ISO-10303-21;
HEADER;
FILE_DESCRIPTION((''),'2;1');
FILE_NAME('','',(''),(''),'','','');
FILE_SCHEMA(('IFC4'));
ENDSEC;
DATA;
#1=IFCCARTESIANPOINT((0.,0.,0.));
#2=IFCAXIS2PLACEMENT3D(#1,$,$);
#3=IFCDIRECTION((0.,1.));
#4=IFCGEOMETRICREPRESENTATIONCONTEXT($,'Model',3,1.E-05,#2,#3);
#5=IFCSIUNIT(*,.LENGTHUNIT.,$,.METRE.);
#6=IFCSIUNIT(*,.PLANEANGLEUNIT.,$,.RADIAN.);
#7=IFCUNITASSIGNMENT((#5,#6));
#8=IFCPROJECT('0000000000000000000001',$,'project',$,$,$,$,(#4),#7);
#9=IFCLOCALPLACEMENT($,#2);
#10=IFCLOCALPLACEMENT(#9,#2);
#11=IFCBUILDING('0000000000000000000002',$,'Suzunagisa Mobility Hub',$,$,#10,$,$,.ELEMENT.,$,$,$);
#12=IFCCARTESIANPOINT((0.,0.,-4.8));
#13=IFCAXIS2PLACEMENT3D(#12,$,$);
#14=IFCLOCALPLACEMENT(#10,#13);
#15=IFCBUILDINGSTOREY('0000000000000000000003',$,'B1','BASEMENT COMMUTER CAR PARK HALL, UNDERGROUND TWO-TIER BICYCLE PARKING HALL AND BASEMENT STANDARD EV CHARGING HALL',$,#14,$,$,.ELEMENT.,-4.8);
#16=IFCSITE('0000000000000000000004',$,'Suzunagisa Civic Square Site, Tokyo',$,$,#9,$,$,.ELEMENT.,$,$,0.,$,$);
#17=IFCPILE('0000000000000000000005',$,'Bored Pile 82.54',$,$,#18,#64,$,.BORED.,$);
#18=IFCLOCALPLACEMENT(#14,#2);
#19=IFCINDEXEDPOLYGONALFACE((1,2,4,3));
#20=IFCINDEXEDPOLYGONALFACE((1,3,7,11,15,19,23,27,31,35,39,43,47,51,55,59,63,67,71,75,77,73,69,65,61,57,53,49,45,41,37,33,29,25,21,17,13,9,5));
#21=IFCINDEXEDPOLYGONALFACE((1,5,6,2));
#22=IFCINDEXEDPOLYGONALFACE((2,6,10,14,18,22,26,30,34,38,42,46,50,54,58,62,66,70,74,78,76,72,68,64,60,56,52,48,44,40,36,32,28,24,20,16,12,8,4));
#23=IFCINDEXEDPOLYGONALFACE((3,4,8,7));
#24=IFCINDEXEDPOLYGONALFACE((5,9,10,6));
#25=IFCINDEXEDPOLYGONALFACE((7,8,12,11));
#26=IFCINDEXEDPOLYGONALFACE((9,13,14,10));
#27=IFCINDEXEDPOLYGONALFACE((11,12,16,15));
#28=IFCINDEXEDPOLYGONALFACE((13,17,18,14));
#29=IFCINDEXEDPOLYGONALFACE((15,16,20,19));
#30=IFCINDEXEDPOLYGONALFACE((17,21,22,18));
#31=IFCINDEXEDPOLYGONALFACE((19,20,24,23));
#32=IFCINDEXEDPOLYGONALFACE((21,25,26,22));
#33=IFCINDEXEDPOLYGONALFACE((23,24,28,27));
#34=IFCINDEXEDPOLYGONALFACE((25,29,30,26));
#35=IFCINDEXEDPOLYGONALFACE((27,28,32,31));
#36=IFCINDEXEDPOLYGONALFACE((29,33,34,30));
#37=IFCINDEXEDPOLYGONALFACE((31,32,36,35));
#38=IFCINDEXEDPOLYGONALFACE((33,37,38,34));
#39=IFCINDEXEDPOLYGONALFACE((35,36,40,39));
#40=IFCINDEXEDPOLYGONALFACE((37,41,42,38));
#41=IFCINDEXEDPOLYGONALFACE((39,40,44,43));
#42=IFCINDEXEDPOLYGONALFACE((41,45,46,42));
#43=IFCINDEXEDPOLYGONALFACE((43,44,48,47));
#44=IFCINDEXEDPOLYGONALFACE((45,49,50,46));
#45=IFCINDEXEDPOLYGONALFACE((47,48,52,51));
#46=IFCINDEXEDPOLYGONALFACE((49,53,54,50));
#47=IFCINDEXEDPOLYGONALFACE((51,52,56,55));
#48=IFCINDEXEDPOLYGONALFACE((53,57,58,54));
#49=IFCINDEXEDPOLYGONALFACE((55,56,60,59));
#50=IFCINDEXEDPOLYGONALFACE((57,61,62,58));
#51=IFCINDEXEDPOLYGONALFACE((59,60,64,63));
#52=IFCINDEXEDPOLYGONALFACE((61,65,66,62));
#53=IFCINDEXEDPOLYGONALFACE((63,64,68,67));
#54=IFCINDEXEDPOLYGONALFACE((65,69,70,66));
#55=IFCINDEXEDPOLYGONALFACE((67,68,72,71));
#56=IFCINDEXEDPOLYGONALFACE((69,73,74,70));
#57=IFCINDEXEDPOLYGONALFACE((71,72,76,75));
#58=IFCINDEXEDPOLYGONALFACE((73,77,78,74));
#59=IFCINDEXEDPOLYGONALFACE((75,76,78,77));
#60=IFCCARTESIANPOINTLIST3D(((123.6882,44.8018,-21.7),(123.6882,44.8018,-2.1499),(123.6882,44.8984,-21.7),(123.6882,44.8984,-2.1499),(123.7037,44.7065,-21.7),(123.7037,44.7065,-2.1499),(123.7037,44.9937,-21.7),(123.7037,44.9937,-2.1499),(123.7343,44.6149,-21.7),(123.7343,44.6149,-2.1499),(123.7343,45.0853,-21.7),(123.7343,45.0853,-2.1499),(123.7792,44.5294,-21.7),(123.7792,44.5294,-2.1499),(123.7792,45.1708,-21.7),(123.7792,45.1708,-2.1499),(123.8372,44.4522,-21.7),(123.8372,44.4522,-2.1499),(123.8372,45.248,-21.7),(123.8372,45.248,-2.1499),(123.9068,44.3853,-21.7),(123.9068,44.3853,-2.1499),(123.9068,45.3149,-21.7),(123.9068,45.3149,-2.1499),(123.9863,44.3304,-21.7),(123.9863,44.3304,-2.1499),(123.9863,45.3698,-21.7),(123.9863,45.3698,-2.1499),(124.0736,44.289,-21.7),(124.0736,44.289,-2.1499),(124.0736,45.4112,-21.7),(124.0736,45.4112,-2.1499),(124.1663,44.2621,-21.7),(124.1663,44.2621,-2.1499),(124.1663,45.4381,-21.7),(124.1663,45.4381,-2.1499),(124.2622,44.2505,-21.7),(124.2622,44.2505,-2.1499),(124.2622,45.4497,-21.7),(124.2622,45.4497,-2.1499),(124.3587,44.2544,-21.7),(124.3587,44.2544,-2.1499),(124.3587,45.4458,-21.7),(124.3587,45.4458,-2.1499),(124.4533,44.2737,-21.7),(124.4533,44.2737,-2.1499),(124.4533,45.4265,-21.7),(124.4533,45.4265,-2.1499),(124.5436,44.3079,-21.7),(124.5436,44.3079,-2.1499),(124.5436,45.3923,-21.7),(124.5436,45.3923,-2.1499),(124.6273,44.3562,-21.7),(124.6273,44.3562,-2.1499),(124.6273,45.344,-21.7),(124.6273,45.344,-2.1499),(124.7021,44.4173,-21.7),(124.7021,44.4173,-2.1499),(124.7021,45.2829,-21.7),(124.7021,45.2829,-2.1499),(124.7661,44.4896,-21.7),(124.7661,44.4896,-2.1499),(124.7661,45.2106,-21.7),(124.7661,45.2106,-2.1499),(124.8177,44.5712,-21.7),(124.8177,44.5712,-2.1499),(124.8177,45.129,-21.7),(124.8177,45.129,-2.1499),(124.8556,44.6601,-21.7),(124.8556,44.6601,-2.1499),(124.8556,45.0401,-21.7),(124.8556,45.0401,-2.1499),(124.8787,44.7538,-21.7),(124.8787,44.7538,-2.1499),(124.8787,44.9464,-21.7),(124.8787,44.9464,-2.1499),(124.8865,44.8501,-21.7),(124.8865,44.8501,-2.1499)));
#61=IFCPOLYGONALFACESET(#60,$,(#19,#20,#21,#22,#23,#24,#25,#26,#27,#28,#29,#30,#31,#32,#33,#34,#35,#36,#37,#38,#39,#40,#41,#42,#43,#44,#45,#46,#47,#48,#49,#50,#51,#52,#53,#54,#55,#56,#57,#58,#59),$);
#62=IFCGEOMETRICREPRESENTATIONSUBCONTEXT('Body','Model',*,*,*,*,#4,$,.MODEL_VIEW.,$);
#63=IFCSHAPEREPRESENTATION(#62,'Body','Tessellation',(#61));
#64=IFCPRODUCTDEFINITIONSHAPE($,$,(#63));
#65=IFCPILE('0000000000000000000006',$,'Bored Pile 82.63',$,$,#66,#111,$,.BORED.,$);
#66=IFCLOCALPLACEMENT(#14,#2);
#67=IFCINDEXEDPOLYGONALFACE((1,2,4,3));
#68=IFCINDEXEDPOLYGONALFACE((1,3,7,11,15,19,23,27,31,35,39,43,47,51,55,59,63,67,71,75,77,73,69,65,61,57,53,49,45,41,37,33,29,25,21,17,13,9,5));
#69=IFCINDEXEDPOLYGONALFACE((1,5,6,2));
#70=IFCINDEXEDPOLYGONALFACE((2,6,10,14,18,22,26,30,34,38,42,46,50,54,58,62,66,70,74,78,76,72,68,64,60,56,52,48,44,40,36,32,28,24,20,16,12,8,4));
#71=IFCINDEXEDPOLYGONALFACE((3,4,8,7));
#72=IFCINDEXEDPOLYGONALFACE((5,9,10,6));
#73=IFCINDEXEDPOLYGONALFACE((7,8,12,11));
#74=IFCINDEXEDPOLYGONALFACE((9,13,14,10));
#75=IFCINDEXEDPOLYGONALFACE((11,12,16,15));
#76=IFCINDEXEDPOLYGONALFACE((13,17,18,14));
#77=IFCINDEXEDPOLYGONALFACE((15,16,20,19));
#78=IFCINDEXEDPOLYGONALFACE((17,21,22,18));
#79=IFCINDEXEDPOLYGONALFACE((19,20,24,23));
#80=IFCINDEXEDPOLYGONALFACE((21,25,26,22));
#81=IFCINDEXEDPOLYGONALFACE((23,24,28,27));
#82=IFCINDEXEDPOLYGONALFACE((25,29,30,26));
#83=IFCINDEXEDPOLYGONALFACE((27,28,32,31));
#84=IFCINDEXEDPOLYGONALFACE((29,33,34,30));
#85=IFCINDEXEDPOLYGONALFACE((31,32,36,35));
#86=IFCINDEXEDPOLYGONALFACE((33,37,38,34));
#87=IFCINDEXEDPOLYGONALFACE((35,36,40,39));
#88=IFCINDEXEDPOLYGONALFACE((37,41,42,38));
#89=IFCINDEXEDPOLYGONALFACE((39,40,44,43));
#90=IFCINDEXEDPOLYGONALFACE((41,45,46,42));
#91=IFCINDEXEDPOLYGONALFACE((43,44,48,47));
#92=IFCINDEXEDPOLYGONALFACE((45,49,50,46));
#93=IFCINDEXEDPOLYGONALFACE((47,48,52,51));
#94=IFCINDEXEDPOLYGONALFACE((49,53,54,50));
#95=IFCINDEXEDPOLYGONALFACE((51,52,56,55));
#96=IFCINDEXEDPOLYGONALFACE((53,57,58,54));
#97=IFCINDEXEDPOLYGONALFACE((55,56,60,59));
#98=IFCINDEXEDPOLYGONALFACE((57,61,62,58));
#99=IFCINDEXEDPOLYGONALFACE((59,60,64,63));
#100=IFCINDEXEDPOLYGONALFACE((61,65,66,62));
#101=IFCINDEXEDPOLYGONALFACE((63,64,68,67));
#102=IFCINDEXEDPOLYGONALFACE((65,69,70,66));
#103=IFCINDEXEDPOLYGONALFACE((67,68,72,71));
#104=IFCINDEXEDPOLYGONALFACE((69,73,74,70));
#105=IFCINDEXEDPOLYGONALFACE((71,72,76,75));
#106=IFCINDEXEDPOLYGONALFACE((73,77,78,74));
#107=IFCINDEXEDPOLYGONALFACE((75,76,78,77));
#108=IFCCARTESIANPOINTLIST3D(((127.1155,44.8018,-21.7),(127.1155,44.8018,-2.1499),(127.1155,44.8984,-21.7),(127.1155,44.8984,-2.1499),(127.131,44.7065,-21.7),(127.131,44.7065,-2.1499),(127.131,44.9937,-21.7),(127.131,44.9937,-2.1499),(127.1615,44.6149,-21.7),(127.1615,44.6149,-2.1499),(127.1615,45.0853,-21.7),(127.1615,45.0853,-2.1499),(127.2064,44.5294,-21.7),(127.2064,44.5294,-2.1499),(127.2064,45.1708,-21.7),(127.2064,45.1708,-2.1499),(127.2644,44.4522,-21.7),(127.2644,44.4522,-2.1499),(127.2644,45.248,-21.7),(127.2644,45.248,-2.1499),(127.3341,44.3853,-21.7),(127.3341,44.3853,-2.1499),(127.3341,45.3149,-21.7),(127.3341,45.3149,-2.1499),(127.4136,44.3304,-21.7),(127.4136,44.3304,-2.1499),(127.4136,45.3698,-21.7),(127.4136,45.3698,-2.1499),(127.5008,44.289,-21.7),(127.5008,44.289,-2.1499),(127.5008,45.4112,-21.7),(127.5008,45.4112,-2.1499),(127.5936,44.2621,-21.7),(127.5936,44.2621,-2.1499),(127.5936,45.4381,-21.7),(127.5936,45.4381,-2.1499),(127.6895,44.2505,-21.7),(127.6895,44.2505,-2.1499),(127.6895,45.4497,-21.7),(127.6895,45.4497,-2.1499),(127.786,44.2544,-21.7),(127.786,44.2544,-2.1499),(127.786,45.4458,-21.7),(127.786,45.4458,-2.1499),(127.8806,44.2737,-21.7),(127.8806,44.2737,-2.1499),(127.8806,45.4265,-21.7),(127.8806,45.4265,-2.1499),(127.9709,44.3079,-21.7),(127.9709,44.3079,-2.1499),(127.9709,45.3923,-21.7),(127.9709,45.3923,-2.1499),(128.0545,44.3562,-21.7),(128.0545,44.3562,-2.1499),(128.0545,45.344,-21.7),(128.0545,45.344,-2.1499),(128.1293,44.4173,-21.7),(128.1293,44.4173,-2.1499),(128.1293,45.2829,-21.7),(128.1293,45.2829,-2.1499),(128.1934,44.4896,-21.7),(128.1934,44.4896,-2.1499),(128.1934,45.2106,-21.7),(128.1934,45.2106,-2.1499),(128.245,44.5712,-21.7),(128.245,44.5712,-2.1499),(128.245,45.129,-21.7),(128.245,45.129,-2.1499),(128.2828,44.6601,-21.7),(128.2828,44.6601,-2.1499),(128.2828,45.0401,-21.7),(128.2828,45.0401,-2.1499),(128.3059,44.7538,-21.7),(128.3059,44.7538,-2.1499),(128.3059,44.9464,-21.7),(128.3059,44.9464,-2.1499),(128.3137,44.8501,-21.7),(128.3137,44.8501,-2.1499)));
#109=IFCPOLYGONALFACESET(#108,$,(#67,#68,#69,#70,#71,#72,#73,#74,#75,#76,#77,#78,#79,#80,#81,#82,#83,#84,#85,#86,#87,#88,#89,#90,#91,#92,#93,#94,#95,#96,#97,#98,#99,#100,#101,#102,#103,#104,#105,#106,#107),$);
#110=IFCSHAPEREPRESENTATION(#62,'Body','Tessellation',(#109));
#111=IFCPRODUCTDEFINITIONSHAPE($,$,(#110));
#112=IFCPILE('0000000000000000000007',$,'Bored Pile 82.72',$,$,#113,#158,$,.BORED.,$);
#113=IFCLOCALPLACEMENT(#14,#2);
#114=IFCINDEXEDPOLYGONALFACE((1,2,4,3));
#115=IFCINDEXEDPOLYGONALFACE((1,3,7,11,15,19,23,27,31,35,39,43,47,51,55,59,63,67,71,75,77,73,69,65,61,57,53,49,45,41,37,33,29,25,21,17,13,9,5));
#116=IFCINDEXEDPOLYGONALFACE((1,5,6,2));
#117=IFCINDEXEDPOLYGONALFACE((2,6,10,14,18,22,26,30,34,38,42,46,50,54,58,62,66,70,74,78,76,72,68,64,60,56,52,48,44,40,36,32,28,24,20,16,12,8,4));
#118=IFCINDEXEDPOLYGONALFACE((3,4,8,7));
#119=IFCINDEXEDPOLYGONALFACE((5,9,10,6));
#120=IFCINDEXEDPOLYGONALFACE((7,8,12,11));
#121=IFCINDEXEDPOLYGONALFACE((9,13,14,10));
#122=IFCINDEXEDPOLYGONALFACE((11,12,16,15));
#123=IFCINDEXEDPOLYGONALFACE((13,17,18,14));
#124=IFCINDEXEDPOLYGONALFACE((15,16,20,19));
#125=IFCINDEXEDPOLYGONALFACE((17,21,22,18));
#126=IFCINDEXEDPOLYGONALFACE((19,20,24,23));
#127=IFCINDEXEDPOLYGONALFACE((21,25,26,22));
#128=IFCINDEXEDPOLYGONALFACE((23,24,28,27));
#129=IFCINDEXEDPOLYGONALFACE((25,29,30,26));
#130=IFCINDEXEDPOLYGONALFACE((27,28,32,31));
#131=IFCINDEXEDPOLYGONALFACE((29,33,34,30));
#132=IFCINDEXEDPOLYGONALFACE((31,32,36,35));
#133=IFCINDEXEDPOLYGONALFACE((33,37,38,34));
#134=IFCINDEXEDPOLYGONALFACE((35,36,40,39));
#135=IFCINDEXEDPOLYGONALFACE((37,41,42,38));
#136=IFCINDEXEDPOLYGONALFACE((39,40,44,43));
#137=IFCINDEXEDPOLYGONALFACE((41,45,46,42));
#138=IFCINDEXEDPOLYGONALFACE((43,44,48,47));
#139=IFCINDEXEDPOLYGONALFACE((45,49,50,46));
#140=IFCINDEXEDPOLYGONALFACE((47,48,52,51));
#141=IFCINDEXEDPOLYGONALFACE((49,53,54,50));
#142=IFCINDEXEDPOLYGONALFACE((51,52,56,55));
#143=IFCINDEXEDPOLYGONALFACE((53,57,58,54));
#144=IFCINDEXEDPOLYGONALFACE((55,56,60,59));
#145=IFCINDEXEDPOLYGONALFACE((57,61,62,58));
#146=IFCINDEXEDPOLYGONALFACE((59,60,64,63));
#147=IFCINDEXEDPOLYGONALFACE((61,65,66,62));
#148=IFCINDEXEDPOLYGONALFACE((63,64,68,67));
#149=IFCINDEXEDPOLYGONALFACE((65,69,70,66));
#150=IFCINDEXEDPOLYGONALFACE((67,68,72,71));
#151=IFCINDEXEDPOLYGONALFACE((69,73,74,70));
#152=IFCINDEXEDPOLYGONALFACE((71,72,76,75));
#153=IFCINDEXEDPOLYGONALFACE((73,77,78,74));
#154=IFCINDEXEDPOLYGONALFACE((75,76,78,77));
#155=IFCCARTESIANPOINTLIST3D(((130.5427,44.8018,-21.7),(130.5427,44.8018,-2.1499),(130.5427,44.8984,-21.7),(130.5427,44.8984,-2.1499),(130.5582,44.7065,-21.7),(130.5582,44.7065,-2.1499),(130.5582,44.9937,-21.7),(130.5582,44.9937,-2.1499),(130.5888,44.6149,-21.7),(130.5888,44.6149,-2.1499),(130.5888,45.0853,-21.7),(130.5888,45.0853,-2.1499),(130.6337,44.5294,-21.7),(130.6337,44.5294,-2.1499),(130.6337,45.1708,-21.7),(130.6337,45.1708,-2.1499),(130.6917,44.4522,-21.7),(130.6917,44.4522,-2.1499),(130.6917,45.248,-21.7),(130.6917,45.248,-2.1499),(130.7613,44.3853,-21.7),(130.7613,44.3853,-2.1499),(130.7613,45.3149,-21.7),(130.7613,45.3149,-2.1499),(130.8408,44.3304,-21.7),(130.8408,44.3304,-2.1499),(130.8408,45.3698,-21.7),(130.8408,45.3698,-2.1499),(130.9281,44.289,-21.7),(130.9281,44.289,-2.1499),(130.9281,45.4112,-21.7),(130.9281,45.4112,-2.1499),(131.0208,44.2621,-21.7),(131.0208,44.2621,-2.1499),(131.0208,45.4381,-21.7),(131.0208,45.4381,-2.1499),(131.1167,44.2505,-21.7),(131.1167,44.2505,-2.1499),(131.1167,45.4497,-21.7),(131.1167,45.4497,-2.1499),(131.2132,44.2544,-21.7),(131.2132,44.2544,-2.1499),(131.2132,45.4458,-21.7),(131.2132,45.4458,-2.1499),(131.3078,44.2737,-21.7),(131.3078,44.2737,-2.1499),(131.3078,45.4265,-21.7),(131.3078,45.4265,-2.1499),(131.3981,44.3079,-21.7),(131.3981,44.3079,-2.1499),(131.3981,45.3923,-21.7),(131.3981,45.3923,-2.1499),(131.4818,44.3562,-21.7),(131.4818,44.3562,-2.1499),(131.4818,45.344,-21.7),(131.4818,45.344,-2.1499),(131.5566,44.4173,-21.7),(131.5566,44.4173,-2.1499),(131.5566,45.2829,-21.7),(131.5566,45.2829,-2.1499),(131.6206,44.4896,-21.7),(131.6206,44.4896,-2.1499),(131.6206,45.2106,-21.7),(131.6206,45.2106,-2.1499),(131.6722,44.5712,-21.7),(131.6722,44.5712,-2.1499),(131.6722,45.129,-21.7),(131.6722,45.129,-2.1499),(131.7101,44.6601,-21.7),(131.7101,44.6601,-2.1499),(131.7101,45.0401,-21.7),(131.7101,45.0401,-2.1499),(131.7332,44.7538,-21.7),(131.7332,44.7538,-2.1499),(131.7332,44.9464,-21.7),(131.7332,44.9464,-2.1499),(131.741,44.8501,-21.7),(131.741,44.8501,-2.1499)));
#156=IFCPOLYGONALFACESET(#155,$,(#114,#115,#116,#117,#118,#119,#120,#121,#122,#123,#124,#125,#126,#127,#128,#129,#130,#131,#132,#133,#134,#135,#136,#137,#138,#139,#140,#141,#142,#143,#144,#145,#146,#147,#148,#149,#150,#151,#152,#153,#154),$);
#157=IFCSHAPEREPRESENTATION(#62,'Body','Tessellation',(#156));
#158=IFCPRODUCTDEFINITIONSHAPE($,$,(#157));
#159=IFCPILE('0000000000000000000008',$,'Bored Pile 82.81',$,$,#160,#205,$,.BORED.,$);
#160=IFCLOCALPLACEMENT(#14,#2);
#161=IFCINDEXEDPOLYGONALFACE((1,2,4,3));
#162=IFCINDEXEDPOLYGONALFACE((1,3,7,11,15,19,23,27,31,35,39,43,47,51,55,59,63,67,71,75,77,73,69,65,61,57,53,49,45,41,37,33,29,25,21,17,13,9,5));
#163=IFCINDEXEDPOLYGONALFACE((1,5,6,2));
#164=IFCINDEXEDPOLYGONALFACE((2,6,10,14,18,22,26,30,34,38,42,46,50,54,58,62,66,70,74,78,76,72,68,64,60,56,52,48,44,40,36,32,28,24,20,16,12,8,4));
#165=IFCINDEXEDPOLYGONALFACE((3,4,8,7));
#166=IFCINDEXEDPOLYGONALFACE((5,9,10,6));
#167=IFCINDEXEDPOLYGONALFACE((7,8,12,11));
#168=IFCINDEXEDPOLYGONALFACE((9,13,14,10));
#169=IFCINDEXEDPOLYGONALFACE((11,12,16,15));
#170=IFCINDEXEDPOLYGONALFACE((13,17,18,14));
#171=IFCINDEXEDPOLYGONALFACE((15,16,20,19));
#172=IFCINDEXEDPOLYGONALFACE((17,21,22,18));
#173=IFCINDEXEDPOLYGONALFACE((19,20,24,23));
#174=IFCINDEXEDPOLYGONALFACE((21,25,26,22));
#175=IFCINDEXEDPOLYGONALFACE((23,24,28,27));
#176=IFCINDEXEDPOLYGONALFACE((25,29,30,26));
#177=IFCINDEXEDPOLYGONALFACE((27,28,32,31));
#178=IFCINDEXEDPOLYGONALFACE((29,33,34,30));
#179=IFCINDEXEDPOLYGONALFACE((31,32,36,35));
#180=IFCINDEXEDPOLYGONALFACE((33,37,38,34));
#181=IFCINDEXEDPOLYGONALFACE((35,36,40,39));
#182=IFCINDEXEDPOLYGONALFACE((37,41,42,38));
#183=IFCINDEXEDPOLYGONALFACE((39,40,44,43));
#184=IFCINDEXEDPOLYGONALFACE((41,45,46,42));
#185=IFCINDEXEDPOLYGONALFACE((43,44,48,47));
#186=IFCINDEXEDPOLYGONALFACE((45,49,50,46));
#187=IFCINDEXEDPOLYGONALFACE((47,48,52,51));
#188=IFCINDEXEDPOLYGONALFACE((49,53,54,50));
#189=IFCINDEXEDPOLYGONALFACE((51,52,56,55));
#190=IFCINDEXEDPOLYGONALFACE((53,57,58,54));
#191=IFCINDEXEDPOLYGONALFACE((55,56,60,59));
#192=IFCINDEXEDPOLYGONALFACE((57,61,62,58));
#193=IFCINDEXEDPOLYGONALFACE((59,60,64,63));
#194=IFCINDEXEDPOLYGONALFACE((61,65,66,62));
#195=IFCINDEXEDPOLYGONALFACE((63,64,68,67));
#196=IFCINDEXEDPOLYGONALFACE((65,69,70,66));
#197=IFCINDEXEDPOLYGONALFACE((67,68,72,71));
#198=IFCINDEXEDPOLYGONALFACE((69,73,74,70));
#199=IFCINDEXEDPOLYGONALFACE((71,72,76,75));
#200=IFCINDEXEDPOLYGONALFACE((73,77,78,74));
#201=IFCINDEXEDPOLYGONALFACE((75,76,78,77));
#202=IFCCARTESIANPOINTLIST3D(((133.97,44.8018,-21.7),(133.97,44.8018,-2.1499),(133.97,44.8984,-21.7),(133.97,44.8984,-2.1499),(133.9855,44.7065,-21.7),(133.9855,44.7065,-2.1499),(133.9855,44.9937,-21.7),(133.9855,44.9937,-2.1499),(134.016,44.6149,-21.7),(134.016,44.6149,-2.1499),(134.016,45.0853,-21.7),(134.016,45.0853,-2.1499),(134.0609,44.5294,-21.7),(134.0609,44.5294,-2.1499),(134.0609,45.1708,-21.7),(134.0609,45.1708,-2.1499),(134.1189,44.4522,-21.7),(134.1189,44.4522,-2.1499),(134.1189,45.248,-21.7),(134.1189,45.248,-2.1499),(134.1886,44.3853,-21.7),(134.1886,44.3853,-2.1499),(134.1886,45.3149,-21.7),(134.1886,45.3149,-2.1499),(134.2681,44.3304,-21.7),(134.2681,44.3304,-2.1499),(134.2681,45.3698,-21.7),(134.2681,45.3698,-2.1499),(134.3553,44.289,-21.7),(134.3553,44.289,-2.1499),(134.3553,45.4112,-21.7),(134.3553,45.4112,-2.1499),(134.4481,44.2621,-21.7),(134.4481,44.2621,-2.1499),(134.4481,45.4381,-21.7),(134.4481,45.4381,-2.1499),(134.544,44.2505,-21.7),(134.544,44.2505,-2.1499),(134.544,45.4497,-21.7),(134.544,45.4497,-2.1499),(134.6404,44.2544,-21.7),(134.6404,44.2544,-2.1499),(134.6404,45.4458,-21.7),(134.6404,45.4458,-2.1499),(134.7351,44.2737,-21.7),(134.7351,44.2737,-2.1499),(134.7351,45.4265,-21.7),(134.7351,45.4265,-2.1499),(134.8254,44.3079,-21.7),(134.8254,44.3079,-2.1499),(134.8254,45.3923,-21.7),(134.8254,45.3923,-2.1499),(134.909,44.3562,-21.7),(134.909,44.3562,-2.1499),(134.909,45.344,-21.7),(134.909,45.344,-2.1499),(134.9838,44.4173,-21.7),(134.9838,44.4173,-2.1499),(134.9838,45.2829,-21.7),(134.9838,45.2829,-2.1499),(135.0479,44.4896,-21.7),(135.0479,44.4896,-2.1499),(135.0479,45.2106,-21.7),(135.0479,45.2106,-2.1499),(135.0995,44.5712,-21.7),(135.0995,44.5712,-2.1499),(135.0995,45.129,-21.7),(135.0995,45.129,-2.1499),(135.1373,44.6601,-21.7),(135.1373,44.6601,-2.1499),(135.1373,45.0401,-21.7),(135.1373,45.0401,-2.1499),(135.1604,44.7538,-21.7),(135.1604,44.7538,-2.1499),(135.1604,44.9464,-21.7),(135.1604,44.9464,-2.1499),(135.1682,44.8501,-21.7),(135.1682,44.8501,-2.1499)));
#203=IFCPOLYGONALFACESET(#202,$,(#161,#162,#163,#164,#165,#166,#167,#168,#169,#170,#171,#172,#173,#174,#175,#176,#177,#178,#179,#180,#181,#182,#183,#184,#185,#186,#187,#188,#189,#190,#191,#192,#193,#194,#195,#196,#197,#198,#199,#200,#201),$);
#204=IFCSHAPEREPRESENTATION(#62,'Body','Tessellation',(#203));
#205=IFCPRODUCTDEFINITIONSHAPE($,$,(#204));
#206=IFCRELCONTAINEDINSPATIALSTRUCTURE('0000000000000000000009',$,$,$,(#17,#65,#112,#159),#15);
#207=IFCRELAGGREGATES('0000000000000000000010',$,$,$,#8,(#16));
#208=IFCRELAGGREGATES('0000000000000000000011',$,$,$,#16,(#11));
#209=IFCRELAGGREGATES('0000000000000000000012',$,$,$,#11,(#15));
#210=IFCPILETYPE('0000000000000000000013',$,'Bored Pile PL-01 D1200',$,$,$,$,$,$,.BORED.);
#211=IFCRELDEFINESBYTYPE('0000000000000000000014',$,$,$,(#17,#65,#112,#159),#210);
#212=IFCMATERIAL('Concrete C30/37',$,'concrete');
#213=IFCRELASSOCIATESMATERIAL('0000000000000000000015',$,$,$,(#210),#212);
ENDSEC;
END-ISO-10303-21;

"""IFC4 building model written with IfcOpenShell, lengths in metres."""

from ifc_helpers import new_model, si_unit, direction, frame, origin, origin_2d, place, context, subcontext, project, spatial, circle, extrude, material, material_profile, profile_set, type_object, element, save


model = new_model("IFC4")

# Units and contexts
model_context = context("Model", 3, precision=1e-05, world=origin(), true_north=direction((0.0, 1.0)))
body_context = subcontext(model_context, "Body", "Model", "MODEL_VIEW")
ifc_project = project(units=[si_unit("LENGTHUNIT", "METRE"), si_unit("PLANEANGLEUNIT", "RADIAN")], contexts=[model_context])

# Site, building, storey
site_placement = place(None, origin())
site = spatial("IfcSite", under=ifc_project, at=site_placement, Name="Suzunagisa Civic Square Site, Tokyo", CompositionType="ELEMENT", RefElevation=0.0)
building_placement = place(site_placement, origin())
building = spatial("IfcBuilding", under=site, at=building_placement, Name="Suzunagisa Mobility Hub", CompositionType="ELEMENT")
storey_placement = place(building_placement, frame((0.0, 0.0, -4.8)))
storey = spatial("IfcBuildingStorey", under=building, at=storey_placement, Name="B1", Description="BASEMENT COMMUTER CAR PARK HALL, UNDERGROUND TWO-TIER BICYCLE PARKING HALL AND BASEMENT STANDARD EV CHARGING HALL", CompositionType="ELEMENT", Elevation=-4.8)

# Piles
ifc_material_1 = material(Name="Concrete C30/37", Category="concrete")
ifc_material_profile_1 = material_profile(ifc_material_1, circle(Radius=0.6001, at=origin_2d()), Name="BORED PILE D1200")
ifc_profile_set_1 = profile_set([ifc_material_profile_1], Name="Concrete C30/37")
pile_type = type_object("IfcPileType", Name="Bored Pile PL-01 D1200", PredefinedType="BORED", material=ifc_profile_set_1)
for number, where, z_axis, x_axis, name in (
    (1, (124.2864, 44.8501, -2.1499), (0.0, 0.0, -1.0), (1.0, 0.0, 0.0), "Bored Pile 82.54"),
    (2, (127.7136, 44.8501, -2.1499), (0.0, 0.0, -1.0), (1.0, 0.0, 0.0), "Bored Pile 82.63"),
    (3, (131.1409, 44.8501, -2.1499), (0.0, 0.0, -1.0), (1.0, 0.0, 0.0), "Bored Pile 82.72"),
    (4, (134.5681, 44.8501, -2.1499), (0.0, 0.0, -1.0), (1.0, 0.0, 0.0), "Bored Pile 82.81"),
):
    element("IfcPile", number, at=place(storey_placement, frame(where, z_axis=z_axis, x_axis=x_axis)), inside=storey, type_object=pile_type, Name=name, PredefinedType="BORED", context=body_context, shape_type="SweptSolid", body=[
        extrude(circle(Radius=0.6001, at=origin_2d()), origin(), (0.0, 0.0, 1.0), 19.55),
    ])

save(model, "model.ifc")
